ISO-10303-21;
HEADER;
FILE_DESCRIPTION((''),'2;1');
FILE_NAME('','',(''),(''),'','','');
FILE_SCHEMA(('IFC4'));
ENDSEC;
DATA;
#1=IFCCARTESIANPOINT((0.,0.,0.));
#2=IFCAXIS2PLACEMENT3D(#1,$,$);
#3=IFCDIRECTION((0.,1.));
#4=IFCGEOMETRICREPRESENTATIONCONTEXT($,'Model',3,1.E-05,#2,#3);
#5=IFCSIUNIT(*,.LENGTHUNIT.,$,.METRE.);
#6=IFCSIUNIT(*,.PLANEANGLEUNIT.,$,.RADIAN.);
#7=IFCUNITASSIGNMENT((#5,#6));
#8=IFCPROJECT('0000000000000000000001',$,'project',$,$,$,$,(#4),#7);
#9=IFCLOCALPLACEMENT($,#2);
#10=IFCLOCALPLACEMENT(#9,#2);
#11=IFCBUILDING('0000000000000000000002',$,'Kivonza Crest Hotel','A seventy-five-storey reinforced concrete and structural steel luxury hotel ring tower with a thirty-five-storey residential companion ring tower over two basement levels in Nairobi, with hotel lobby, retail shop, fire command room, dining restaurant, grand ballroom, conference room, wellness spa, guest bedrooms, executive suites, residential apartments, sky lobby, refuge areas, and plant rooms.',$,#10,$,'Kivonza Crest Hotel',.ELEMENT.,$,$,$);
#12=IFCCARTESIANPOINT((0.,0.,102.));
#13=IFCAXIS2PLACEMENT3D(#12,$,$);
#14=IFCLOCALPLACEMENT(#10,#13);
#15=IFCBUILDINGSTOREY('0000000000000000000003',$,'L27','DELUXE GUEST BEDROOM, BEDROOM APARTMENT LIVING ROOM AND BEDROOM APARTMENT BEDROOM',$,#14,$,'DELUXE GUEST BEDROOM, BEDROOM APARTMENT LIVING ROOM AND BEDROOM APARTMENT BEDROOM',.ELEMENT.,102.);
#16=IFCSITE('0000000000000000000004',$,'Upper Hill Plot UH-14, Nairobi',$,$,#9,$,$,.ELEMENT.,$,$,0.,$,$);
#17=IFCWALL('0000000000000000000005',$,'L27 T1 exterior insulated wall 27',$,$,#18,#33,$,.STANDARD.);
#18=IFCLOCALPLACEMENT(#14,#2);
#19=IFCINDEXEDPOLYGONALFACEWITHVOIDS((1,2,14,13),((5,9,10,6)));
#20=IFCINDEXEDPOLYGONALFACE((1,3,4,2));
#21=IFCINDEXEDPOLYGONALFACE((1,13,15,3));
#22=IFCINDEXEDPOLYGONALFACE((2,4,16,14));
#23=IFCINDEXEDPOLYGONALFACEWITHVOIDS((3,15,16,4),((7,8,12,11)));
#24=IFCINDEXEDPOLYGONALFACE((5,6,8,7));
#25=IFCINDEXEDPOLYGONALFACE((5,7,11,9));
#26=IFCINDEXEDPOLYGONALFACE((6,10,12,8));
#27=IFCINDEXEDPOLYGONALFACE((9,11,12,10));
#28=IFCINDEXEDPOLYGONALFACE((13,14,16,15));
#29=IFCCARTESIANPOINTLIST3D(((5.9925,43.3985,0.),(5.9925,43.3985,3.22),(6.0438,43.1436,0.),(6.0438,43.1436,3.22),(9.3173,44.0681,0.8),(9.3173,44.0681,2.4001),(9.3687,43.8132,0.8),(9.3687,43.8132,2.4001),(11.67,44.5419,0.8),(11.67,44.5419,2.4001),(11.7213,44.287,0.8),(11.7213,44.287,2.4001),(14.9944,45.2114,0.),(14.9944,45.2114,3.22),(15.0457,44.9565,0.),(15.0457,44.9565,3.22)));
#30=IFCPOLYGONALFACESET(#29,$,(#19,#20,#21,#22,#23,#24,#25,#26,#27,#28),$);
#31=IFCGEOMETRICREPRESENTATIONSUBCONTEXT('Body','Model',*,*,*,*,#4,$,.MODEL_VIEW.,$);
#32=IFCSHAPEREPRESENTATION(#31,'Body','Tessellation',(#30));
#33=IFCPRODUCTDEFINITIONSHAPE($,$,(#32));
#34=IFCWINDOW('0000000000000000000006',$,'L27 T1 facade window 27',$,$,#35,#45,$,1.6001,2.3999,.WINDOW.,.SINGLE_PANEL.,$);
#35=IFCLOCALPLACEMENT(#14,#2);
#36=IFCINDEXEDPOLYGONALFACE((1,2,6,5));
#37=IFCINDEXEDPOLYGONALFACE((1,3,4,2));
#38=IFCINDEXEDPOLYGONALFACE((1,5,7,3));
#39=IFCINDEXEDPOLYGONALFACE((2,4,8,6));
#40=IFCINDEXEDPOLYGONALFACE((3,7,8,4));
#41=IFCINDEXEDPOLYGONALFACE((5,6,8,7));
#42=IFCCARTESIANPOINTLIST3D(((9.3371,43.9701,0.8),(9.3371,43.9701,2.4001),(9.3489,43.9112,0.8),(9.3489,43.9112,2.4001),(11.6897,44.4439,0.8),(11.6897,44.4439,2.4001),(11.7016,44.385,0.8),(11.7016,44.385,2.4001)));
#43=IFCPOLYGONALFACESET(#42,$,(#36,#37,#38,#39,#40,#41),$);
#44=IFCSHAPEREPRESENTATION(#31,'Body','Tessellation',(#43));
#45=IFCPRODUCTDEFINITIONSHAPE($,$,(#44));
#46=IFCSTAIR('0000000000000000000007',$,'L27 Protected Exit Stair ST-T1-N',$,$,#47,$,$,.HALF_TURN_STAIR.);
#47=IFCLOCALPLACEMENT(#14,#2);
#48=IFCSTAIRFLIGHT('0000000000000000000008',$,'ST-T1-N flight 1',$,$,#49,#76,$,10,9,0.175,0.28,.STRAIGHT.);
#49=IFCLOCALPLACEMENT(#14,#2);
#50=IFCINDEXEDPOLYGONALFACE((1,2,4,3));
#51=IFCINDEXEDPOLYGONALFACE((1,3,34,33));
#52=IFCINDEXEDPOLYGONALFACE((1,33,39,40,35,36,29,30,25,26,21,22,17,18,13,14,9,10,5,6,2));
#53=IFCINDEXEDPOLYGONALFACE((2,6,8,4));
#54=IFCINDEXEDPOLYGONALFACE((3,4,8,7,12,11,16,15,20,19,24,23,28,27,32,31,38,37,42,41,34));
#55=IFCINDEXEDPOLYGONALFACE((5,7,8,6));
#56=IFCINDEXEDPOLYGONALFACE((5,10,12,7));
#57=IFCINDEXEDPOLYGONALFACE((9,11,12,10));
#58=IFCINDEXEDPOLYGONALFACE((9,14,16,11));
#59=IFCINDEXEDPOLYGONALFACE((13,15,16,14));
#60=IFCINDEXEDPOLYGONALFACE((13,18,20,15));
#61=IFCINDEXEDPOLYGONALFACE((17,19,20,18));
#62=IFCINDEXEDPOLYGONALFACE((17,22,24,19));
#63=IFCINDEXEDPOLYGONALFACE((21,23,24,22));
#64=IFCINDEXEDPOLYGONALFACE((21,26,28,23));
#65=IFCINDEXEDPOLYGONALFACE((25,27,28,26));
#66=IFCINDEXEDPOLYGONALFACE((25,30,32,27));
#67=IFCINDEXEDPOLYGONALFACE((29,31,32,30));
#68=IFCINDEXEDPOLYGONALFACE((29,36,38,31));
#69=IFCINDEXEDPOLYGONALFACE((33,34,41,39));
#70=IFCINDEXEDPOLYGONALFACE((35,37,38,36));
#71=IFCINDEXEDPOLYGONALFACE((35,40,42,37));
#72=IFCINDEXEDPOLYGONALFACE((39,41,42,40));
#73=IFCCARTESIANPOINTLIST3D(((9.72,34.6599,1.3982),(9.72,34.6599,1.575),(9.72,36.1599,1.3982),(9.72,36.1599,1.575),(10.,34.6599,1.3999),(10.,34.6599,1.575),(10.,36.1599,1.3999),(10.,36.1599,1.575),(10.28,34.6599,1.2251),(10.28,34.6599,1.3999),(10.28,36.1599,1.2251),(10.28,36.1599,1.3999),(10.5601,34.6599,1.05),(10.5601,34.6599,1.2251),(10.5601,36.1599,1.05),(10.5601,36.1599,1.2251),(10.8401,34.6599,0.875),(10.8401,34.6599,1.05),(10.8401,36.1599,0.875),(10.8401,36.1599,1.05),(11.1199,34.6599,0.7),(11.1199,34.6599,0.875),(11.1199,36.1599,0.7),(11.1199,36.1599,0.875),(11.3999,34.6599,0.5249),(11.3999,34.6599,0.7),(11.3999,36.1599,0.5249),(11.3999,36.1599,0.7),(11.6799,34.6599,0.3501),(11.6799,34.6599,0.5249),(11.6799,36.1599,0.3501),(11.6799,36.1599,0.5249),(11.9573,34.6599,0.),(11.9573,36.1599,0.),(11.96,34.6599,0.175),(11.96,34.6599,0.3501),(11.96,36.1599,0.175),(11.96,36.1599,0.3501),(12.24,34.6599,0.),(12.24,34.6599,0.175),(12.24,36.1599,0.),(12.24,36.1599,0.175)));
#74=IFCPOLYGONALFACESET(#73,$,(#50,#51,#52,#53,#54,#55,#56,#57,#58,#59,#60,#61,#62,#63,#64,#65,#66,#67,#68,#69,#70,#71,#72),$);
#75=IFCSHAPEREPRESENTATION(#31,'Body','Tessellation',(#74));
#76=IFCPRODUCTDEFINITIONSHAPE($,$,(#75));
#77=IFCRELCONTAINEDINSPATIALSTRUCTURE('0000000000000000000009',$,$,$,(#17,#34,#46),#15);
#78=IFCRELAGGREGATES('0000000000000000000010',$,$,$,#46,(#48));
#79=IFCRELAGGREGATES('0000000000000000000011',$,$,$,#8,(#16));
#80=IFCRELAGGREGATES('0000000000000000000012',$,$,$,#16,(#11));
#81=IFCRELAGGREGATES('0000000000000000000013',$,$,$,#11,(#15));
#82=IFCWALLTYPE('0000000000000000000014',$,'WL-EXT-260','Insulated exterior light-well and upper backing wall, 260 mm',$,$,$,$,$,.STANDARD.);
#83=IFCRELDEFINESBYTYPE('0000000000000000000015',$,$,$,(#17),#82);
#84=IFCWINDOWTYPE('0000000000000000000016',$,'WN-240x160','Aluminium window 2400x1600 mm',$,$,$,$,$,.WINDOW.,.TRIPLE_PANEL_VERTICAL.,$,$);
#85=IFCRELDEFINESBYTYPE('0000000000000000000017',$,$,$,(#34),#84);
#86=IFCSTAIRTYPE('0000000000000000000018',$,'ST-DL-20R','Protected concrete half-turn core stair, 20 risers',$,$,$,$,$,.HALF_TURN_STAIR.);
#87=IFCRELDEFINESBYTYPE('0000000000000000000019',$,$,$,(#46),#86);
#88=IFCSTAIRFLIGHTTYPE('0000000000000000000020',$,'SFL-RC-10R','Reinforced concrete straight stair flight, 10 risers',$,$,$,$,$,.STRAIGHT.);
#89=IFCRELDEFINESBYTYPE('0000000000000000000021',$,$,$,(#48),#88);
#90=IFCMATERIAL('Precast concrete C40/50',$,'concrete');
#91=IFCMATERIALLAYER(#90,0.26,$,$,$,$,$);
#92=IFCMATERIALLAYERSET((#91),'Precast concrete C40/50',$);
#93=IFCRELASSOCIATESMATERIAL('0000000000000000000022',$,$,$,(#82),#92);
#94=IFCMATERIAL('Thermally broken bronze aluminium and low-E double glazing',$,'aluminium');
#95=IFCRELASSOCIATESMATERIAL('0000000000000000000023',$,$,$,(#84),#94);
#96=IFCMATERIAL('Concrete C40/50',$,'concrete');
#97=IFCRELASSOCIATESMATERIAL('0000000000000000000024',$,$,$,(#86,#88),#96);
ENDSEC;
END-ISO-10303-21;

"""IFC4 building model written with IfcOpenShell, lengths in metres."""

from ifc_helpers import new_model, si_unit, direction, frame, frame_2d, origin, place, context, subcontext, project, spatial, polyline, rectangle, outline, extrude, material, layer, layer_set, type_object, element, fill, aggregate, save


model = new_model("IFC4")

# Units and contexts
model_context = context("Model", 3, precision=1e-05, world=origin(), true_north=direction((0.0, 1.0)))
body_context = subcontext(model_context, "Body", "Model", "MODEL_VIEW")
ifc_project = project(units=[si_unit("LENGTHUNIT", "METRE"), si_unit("PLANEANGLEUNIT", "RADIAN")], contexts=[model_context])

# Site, building, storey
site_placement = place(None, origin())
site = spatial("IfcSite", under=ifc_project, at=site_placement, Name="Upper Hill Plot UH-14, Nairobi", CompositionType="ELEMENT", RefElevation=0.0)
building_placement = place(site_placement, origin())
building = spatial("IfcBuilding", under=site, at=building_placement, Name="Kivonza Crest Hotel", Description="A seventy-five-storey reinforced concrete and structural steel luxury hotel ring tower with a thirty-five-storey residential companion ring tower over two basement levels in Nairobi, with hotel lobby, retail shop, fire command room, dining restaurant, grand ballroom, conference room, wellness spa, guest bedrooms, executive suites, residential apartments, sky lobby, refuge areas, and plant rooms.", LongName="Kivonza Crest Hotel", CompositionType="ELEMENT")
storey_placement = place(building_placement, frame((0.0, 0.0, 102.0)))
storey = spatial("IfcBuildingStorey", under=building, at=storey_placement, Name="L27", Description="DELUXE GUEST BEDROOM, BEDROOM APARTMENT LIVING ROOM AND BEDROOM APARTMENT BEDROOM", LongName="DELUXE GUEST BEDROOM, BEDROOM APARTMENT LIVING ROOM AND BEDROOM APARTMENT BEDROOM", CompositionType="ELEMENT", Elevation=102.0)

# Wall, opening, window
ifc_material_1 = material(Name="Precast concrete C40/50", Category="concrete")
ifc_layer_1 = layer(ifc_material_1, 0.26)
ifc_layer_set_1 = layer_set([ifc_layer_1], Name="Precast concrete C40/50")
wall_type_1 = type_object("IfcWallType", Name="WL-EXT-260", Description="Insulated exterior light-well and upper backing wall, 260 mm", PredefinedType="STANDARD", material=ifc_layer_set_1)
wall_1_placement = place(storey_placement, frame((15.02, 45.084, 0.0), z_axis=(0.0, 0.0, 1.0), x_axis=(-0.980316, -0.197435, 0.0)))
wall_1 = element("IfcWall", 1, at=wall_1_placement, inside=storey, type_object=wall_type_1, Name="L27 T1 exterior insulated wall 27", PredefinedType="STANDARD", context=body_context, shape_type="SweptSolid", body=[
    extrude(rectangle(XDim=9.1826, YDim=0.26, at=frame_2d((4.5913, 0.0))), origin(), (0.0, 0.0, 1.0), 3.22),
])
opening_1_placement = place(wall_1_placement, frame((3.3911, 0.0, 0.8)))
opening_1 = element("IfcOpeningElement", 2, at=opening_1_placement, cuts=wall_1, PredefinedType="OPENING", context=body_context, shape_type="SweptSolid", body=[
    extrude(rectangle(XDim=2.3999, YDim=1.6001, at=frame_2d((1.2, 0.8))), frame((0.0, 0.1401, 0.0), z_axis=(0.0, -1.0, 0.0), x_axis=(1.0, 0.0, 0.0)), (0.0, 0.0, 1.0), 0.28),
])
ifc_material_2 = material(Name="Thermally broken bronze aluminium and low-E double glazing", Category="aluminium")
window_type = type_object("IfcWindowType", Name="WN-240x160", Description="Aluminium window 2400x1600 mm", PartitioningType="TRIPLE_PANEL_VERTICAL", PredefinedType="WINDOW", material=ifc_material_2)
window_placement = place(opening_1_placement, origin())
window = element("IfcWindow", 3, at=window_placement, inside=storey, type_object=window_type, Name="L27 T1 facade window 27", OverallHeight=1.6001, OverallWidth=2.3999, PartitioningType="SINGLE_PANEL", PredefinedType="WINDOW", context=body_context, shape_type="SweptSolid", body=[
    extrude(rectangle(XDim=2.3999, YDim=1.6001, at=frame_2d((1.2, 0.8))), frame((0.0, 0.03, 0.0), z_axis=(0.0, -1.0, 0.0), x_axis=(1.0, 0.0, 0.0)), (0.0, 0.0, 1.0), 0.0601),
])
fill(opening_1, window)

# Stair, stair flight
ifc_material_3 = material(Name="Concrete C40/50", Category="concrete")
stair_type = type_object("IfcStairType", Name="ST-DL-20R", Description="Protected concrete half-turn core stair, 20 risers", PredefinedType="HALF_TURN_STAIR", material=ifc_material_3)
stair_placement = place(storey_placement, origin())
stair = element("IfcStair", 4, at=stair_placement, inside=storey, type_object=stair_type, Name="L27 Protected Exit Stair ST-T1-N", PredefinedType="HALF_TURN_STAIR")
stair_flight_type = type_object("IfcStairFlightType", Name="SFL-RC-10R", Description="Reinforced concrete straight stair flight, 10 risers", PredefinedType="STRAIGHT", material=ifc_material_3)
stair_flight_placement = place(storey_placement, frame((12.24, 35.4099, 0.0), z_axis=(0.0, 0.0, 1.0), x_axis=(-1.0, 0.0, 0.0)))
stair_flight = element("IfcStairFlight", 5, at=stair_flight_placement, type_object=stair_flight_type, Name="ST-T1-N flight 1", NumberOfRisers=10, NumberOfTreads=9, PredefinedType="STRAIGHT", RiserHeight=0.175, TreadLength=0.28, context=body_context, shape_type="SweptSolid", body=[
    extrude(outline(polyline([(0.0, 0.0), (0.0, 0.175), (0.28, 0.175), (0.28, 0.3501), (0.5601, 0.3501), (0.5601, 0.5249), (0.8401, 0.5249), (0.8401, 0.7), (1.1201, 0.7), (1.1201, 0.875), (1.3999, 0.875), (1.3999, 1.05), (1.6799, 1.05), (1.6799, 1.2251), (1.96, 1.2251), (1.96, 1.3999), (2.24, 1.3999), (2.24, 1.575), (2.52, 1.575), (2.52, 1.75), (2.52, 1.3982), (0.2827, 0.0), (0.0, 0.0)])), frame((0.0, 0.75, 0.0), z_axis=(0.0, -1.0, 0.0), x_axis=(1.0, 0.0, 0.0)), (0.0, 0.0, 1.0), 1.5),
])
aggregate(stair, [stair_flight])

save(model, "model.ifc")
